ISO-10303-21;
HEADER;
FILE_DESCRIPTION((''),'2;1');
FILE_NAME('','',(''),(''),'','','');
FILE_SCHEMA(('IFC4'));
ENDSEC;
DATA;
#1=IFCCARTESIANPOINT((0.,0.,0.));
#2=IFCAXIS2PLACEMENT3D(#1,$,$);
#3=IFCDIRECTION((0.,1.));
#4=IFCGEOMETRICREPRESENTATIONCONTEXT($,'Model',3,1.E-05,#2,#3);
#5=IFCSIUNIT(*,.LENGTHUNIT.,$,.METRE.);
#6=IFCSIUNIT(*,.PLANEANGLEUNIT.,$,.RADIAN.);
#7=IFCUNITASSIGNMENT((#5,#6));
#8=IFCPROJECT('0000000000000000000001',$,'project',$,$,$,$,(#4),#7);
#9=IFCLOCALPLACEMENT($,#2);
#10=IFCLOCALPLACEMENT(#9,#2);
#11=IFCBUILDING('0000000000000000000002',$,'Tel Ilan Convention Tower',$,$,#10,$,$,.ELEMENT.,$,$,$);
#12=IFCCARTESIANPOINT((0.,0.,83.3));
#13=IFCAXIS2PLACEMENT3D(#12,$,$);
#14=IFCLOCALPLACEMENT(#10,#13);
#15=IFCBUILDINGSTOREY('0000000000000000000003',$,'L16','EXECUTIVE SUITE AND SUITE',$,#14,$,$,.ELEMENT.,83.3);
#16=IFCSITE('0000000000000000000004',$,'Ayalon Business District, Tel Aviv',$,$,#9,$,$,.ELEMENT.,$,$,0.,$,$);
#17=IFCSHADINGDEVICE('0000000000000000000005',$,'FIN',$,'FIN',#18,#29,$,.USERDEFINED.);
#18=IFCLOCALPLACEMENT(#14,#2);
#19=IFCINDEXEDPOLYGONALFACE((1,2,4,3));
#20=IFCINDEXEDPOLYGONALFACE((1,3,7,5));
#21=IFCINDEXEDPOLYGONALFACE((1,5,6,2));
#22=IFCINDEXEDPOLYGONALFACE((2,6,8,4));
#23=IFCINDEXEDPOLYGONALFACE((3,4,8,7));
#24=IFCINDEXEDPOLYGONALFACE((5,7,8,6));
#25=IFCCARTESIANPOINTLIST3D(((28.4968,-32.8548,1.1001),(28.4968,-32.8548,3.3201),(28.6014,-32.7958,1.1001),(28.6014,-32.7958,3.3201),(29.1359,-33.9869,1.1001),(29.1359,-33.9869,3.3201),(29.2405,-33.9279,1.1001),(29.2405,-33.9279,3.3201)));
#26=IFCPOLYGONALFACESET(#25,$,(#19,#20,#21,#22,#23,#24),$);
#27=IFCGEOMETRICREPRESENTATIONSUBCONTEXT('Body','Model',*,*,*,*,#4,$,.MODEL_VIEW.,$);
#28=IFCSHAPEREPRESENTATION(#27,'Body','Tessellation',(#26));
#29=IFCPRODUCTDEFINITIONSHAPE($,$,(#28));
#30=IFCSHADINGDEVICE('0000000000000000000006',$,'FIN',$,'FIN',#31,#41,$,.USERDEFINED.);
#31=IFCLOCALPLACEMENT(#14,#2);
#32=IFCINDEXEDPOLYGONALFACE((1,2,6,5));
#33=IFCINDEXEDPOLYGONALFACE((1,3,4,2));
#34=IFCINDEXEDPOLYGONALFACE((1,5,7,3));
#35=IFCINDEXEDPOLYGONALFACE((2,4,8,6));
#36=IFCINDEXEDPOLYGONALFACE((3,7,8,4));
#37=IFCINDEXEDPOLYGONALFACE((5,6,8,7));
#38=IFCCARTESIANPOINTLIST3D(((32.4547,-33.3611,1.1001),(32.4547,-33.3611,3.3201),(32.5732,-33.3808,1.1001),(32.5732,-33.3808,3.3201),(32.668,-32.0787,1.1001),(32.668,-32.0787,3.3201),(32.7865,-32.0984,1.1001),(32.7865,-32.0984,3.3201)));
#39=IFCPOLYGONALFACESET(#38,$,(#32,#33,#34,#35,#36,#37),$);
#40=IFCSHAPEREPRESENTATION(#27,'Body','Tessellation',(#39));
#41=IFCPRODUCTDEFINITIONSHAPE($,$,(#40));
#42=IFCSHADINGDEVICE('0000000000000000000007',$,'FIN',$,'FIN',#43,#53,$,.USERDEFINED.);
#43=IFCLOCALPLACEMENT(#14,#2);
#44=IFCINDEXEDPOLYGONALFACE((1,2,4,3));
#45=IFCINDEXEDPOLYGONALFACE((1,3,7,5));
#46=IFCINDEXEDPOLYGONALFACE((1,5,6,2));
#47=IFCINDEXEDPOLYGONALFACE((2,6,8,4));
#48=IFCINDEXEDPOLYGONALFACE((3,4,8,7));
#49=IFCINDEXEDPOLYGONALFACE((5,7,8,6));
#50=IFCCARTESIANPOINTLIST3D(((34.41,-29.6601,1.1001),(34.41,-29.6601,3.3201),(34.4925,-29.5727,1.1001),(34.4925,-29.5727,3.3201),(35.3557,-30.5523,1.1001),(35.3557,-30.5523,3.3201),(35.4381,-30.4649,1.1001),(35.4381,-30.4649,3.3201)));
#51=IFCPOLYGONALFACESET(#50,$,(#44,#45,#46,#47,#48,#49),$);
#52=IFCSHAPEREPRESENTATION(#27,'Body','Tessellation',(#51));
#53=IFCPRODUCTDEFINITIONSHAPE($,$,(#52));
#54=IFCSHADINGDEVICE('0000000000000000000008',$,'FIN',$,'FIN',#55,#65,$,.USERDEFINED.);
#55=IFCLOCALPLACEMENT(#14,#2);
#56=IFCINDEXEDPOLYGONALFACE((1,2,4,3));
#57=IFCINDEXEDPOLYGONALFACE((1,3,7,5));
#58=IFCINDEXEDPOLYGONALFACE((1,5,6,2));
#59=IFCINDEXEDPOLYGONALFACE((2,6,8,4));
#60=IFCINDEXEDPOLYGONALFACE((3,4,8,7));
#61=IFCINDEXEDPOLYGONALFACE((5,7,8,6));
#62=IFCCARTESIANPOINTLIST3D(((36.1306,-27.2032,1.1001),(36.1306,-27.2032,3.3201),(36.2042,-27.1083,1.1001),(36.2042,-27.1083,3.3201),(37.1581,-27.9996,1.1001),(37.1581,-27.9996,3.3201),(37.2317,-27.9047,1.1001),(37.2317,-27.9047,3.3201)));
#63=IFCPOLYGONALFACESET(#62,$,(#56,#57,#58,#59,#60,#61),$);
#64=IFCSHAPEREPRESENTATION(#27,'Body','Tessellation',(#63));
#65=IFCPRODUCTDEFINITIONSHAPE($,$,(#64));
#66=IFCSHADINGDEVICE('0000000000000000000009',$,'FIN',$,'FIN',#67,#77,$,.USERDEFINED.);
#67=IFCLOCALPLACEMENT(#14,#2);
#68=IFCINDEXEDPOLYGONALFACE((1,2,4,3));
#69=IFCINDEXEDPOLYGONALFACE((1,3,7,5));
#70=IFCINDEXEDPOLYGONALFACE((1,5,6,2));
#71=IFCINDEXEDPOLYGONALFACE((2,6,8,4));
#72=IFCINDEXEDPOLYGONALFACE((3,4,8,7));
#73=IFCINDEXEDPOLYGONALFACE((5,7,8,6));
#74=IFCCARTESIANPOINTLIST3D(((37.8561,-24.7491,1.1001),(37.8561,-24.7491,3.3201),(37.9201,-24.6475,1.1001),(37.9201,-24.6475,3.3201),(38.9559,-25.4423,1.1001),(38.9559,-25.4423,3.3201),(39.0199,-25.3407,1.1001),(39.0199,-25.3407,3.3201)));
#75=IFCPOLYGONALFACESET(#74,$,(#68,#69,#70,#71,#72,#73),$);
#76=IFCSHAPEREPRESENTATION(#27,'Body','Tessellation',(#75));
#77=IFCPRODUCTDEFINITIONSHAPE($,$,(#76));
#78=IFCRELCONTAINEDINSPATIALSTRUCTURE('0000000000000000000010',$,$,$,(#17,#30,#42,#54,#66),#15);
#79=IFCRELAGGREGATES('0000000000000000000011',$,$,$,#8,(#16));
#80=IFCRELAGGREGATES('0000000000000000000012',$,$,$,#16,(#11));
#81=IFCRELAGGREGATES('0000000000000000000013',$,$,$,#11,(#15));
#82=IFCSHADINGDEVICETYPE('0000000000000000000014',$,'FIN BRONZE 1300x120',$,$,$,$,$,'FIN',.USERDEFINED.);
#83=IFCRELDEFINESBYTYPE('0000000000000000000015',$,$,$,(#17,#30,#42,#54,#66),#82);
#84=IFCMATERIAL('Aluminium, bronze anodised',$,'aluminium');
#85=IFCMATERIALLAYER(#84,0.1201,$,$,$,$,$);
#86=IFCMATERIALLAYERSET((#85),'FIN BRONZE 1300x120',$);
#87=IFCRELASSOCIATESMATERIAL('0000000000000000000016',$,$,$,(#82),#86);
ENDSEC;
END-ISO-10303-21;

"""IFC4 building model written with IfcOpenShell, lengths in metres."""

from ifc_helpers import new_model, si_unit, direction, frame, origin, origin_2d, place, context, subcontext, project, spatial, rectangle, extrude, material, layer, layer_set, type_object, element, save


model = new_model("IFC4")

# Units and contexts
model_context = context("Model", 3, precision=1e-05, world=origin(), true_north=direction((0.0, 1.0)))
body_context = subcontext(model_context, "Body", "Model", "MODEL_VIEW")
ifc_project = project(units=[si_unit("LENGTHUNIT", "METRE"), si_unit("PLANEANGLEUNIT", "RADIAN")], contexts=[model_context])

# Site, building, storey
site_placement = place(None, origin())
site = spatial("IfcSite", under=ifc_project, at=site_placement, Name="Ayalon Business District, Tel Aviv", CompositionType="ELEMENT", RefElevation=0.0)
building_placement = place(site_placement, origin())
building = spatial("IfcBuilding", under=site, at=building_placement, Name="Tel Ilan Convention Tower", CompositionType="ELEMENT")
storey_placement = place(building_placement, frame((0.0, 0.0, 83.3)))
storey = spatial("IfcBuildingStorey", under=building, at=storey_placement, Name="L16", Description="EXECUTIVE SUITE AND SUITE", CompositionType="ELEMENT", Elevation=83.3)

# Shading devices
ifc_material_1 = material(Name="Aluminium, bronze anodised", Category="aluminium")
ifc_layer_1 = layer(ifc_material_1, 0.1201)
ifc_layer_set_1 = layer_set([ifc_layer_1], Name="FIN BRONZE 1300x120")
shading_device_type = type_object("IfcShadingDeviceType", Name="FIN BRONZE 1300x120", ElementType="FIN", PredefinedType="USERDEFINED", material=ifc_layer_set_1)
for number, where, z_axis, x_axis, name in (
    (1, (28.8687, -33.3914, 1.1001), (0.0, 0.0, 1.0), (0.491579, -0.870833, 0.0), "FIN"),
    (2, (32.6206, -32.7297, 1.1001), (0.0, 0.0, 1.0), (-0.164091, -0.986445, 0.0), "FIN"),
    (3, (34.9241, -30.0625, 1.1001), (0.0, 0.0, 1.0), (0.727374, -0.686242, 0.0), "FIN"),
    (4, (36.6812, -27.554, 1.1001), (0.0, 0.0, 1.0), (0.790393, -0.612601, 0.0), "FIN"),
    (5, (38.438, -25.0449, 1.1001), (0.0, 0.0, 1.0), (0.845986, -0.533204, 0.0), "FIN"),
):
    element("IfcShadingDevice", number, at=place(storey_placement, frame(where, z_axis=z_axis, x_axis=x_axis)), inside=storey, type_object=shading_device_type, Name=name, ObjectType="FIN", PredefinedType="USERDEFINED", context=body_context, shape_type="SweptSolid", body=[
        extrude(rectangle(XDim=1.3, YDim=0.1201, at=origin_2d()), origin(), (0.0, 0.0, 1.0), 2.22),
    ])

save(model, "model.ifc")
